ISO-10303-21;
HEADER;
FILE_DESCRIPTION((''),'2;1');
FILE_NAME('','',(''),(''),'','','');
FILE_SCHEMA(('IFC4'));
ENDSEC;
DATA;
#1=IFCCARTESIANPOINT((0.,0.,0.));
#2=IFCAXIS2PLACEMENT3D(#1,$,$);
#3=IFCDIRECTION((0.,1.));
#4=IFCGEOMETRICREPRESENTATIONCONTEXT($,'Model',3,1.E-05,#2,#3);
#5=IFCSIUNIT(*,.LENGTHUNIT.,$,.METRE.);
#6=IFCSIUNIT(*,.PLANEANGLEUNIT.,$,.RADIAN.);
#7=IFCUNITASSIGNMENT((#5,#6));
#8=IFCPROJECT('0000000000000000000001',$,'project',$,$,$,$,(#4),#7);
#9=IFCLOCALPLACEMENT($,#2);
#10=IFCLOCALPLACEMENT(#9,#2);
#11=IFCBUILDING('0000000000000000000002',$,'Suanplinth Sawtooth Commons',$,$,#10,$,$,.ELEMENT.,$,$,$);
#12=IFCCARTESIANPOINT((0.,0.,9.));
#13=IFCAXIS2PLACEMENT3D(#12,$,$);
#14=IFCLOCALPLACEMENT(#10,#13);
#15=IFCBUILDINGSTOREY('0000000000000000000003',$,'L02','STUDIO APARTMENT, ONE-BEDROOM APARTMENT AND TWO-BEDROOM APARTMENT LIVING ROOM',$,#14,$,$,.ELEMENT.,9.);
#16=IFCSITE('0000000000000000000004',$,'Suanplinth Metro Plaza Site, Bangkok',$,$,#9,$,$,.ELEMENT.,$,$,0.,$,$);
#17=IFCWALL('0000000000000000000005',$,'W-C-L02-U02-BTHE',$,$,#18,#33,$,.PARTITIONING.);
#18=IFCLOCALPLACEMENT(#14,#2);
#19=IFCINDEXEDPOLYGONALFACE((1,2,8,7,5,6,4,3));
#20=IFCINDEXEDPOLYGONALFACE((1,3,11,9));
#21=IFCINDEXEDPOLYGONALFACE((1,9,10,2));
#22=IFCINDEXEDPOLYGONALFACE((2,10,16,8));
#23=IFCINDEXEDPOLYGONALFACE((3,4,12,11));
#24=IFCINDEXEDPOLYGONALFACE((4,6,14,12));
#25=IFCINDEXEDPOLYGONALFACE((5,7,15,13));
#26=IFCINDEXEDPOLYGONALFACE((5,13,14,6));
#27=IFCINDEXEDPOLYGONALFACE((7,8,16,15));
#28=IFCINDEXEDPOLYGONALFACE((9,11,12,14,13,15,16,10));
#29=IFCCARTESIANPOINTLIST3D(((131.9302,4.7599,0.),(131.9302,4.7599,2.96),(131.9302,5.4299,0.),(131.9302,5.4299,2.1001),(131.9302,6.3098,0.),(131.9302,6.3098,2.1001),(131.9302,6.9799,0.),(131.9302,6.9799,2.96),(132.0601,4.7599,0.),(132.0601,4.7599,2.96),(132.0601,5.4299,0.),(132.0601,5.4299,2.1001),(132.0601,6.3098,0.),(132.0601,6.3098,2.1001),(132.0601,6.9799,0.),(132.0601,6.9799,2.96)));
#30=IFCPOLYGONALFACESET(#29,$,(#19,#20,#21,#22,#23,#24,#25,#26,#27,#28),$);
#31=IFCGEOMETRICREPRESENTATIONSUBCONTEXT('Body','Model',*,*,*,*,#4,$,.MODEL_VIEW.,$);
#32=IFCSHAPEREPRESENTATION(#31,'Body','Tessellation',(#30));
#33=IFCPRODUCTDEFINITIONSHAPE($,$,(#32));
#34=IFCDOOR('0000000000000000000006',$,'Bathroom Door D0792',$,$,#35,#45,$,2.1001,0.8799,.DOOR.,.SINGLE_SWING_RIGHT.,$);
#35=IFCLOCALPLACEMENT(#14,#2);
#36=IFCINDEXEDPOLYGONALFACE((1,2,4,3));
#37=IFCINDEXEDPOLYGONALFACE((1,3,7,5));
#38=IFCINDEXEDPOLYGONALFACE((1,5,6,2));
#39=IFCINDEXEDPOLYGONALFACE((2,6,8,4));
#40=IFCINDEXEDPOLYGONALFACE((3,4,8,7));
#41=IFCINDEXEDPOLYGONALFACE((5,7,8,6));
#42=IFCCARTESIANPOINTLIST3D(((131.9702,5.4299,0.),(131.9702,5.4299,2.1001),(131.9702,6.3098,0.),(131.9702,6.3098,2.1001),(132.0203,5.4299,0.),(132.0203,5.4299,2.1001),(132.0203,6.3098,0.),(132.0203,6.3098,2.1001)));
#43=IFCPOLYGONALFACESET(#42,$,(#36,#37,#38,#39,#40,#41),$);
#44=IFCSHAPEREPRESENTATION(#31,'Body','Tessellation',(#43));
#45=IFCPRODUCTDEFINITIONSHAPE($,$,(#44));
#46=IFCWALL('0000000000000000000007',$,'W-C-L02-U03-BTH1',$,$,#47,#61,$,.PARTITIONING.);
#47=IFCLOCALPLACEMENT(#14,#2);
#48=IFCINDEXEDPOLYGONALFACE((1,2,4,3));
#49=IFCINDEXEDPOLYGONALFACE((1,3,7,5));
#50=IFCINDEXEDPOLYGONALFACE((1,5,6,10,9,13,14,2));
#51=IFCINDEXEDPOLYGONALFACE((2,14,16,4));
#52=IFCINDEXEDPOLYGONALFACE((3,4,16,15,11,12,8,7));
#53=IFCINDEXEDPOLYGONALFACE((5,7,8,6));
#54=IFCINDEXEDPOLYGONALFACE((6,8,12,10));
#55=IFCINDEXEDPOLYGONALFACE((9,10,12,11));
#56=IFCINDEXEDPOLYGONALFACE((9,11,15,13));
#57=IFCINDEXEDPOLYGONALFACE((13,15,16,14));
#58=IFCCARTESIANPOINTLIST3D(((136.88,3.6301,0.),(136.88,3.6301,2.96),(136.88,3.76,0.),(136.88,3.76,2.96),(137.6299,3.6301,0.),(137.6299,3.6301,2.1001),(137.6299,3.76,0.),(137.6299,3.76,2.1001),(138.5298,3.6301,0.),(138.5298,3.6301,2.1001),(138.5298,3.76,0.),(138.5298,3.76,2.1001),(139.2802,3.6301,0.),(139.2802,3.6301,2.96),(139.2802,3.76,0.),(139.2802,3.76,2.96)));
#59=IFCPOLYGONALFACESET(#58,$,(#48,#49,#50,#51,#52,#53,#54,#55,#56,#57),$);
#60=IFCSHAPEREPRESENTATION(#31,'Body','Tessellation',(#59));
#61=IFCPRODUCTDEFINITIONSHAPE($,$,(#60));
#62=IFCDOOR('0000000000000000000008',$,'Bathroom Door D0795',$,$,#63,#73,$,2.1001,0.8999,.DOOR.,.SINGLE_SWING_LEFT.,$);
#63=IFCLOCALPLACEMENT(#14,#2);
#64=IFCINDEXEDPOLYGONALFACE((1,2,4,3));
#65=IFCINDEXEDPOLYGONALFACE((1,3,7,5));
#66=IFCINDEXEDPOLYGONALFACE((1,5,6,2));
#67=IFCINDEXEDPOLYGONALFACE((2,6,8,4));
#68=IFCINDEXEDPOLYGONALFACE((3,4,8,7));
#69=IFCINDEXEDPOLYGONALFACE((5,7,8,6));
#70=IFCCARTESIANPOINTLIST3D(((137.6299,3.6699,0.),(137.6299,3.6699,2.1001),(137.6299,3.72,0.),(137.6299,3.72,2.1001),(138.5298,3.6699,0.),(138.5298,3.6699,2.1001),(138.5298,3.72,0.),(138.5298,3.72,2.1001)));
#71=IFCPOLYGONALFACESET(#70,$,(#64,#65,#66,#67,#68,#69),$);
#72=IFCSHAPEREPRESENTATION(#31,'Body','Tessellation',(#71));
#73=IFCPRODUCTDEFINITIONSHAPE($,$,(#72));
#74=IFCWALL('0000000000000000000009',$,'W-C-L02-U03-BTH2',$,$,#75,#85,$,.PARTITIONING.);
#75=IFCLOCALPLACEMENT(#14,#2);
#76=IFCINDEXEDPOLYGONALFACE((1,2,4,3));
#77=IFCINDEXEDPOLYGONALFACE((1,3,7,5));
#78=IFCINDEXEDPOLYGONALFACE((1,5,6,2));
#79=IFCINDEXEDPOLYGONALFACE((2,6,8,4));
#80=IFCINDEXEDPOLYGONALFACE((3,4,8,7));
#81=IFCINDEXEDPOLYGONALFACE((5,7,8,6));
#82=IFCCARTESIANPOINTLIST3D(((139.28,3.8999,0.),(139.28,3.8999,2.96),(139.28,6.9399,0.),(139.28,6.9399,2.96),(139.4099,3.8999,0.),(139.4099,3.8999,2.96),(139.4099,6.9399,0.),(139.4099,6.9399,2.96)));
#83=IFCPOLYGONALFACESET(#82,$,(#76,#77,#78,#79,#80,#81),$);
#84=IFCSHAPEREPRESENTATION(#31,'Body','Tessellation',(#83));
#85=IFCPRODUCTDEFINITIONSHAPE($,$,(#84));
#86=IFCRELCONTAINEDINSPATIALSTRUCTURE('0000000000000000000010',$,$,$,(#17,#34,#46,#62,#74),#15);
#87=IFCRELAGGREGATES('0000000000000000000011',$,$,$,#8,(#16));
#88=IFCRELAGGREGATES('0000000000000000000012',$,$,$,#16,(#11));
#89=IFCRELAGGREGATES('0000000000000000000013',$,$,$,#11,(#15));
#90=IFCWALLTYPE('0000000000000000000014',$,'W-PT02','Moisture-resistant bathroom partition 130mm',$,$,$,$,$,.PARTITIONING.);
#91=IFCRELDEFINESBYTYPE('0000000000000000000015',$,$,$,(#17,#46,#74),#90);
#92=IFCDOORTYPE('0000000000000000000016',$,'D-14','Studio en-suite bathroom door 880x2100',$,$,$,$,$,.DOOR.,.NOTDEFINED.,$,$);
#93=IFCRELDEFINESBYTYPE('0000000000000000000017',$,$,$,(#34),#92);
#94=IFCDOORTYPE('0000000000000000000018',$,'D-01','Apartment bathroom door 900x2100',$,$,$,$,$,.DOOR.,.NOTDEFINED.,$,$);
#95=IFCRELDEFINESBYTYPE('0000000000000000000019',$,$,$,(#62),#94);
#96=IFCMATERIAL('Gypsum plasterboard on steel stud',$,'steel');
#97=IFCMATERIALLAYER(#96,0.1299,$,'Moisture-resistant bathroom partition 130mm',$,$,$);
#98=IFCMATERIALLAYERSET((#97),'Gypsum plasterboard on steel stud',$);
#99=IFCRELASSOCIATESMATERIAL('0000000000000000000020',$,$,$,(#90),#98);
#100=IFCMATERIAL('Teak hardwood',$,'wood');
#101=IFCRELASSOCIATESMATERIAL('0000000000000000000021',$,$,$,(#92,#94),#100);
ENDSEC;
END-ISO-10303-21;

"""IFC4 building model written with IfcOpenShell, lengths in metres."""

from ifc_helpers import new_model, si_unit, direction, frame, frame_2d, origin, place, context, subcontext, project, spatial, rectangle, extrude, material, layer, layer_set, type_object, element, fill, save


model = new_model("IFC4")

# Units and contexts
model_context = context("Model", 3, precision=1e-05, world=origin(), true_north=direction((0.0, 1.0)))
body_context = subcontext(model_context, "Body", "Model", "MODEL_VIEW")
ifc_project = project(units=[si_unit("LENGTHUNIT", "METRE"), si_unit("PLANEANGLEUNIT", "RADIAN")], contexts=[model_context])

# Site, building, storey
site_placement = place(None, origin())
site = spatial("IfcSite", under=ifc_project, at=site_placement, Name="Suanplinth Metro Plaza Site, Bangkok", CompositionType="ELEMENT", RefElevation=0.0)
building_placement = place(site_placement, origin())
building = spatial("IfcBuilding", under=site, at=building_placement, Name="Suanplinth Sawtooth Commons", CompositionType="ELEMENT")
storey_placement = place(building_placement, frame((0.0, 0.0, 9.0)))
storey = spatial("IfcBuildingStorey", under=building, at=storey_placement, Name="L02", Description="STUDIO APARTMENT, ONE-BEDROOM APARTMENT AND TWO-BEDROOM APARTMENT LIVING ROOM", CompositionType="ELEMENT", Elevation=9.0)

# Shared definitions
ifc_material_1 = material(Name="Gypsum plasterboard on steel stud", Category="steel")
ifc_material_2 = material(Name="Teak hardwood", Category="wood")

# Walls, openings, doors
ifc_layer_1 = layer(ifc_material_1, 0.1299, Name="Moisture-resistant bathroom partition 130mm")
ifc_layer_set_1 = layer_set([ifc_layer_1], Name="Gypsum plasterboard on steel stud")
wall_type_1 = type_object("IfcWallType", Name="W-PT02", Description="Moisture-resistant bathroom partition 130mm", PredefinedType="PARTITIONING", material=ifc_layer_set_1)
wall_1_placement = place(storey_placement, frame((131.9951, 4.76, 0.0), z_axis=(0.0, 0.0, 1.0), x_axis=(0.0, 1.0, 0.0)))
wall_1 = element("IfcWall", 1, at=wall_1_placement, inside=storey, type_object=wall_type_1, Name="W-C-L02-U02-BTHE", PredefinedType="PARTITIONING", context=body_context, shape_type="SweptSolid", body=[
    extrude(rectangle(XDim=2.22, YDim=0.1299, at=frame_2d((1.1099, 0.0))), origin(), (0.0, 0.0, 1.0), 2.96),
])
opening_1_placement = place(wall_1_placement, frame((0.6699, 0.0, 0.0)))
opening_1 = element("IfcOpeningElement", 2, at=opening_1_placement, cuts=wall_1, PredefinedType="OPENING", context=body_context, shape_type="SweptSolid", body=[
    extrude(rectangle(XDim=0.8799, YDim=2.1001, at=frame_2d((0.4399, 1.05))), frame((0.0, 0.0798, 0.0), z_axis=(0.0, -1.0, 0.0), x_axis=(1.0, 0.0, 0.0)), (0.0, 0.0, 1.0), 0.1597),
])
door_type_1 = type_object("IfcDoorType", Name="D-14", Description="Studio en-suite bathroom door 880x2100", OperationType="NOTDEFINED", PredefinedType="DOOR", material=ifc_material_2)
door_1_placement = place(opening_1_placement, origin())
door_1 = element("IfcDoor", 3, at=door_1_placement, inside=storey, type_object=door_type_1, Name="Bathroom Door D0792", OperationType="SINGLE_SWING_RIGHT", OverallHeight=2.1001, OverallWidth=0.8799, PredefinedType="DOOR", context=body_context, shape_type="SweptSolid", body=[
    extrude(rectangle(XDim=0.8799, YDim=2.1001, at=frame_2d((0.4399, 1.05))), frame((0.0, 0.0249, 0.0), z_axis=(0.0, -1.0, 0.0), x_axis=(1.0, 0.0, 0.0)), (0.0, 0.0, 1.0), 0.05),
])
fill(opening_1, door_1)
wall_2_placement = place(storey_placement, frame((136.8799, 3.6951, 0.0), z_axis=(0.0, 0.0, 1.0), x_axis=(1.0, 0.0, 0.0)))
wall_2 = element("IfcWall", 4, at=wall_2_placement, inside=storey, type_object=wall_type_1, Name="W-C-L02-U03-BTH1", PredefinedType="PARTITIONING", context=body_context, shape_type="SweptSolid", body=[
    extrude(rectangle(XDim=2.4001, YDim=0.1299, at=frame_2d((1.2002, 0.0))), origin(), (0.0, 0.0, 1.0), 2.96),
])
opening_2_placement = place(wall_2_placement, frame((0.75, 0.0, 0.0)))
opening_2 = element("IfcOpeningElement", 5, at=opening_2_placement, cuts=wall_2, PredefinedType="OPENING", context=body_context, shape_type="SweptSolid", body=[
    extrude(rectangle(XDim=0.8999, YDim=2.1001, at=frame_2d((0.45, 1.05))), frame((0.0, 0.0798, 0.0), z_axis=(0.0, -1.0, 0.0), x_axis=(1.0, 0.0, 0.0)), (0.0, 0.0, 1.0), 0.1597),
])
door_type_2 = type_object("IfcDoorType", Name="D-01", Description="Apartment bathroom door 900x2100", OperationType="NOTDEFINED", PredefinedType="DOOR", material=ifc_material_2)
door_2_placement = place(opening_2_placement, origin())
door_2 = element("IfcDoor", 6, at=door_2_placement, inside=storey, type_object=door_type_2, Name="Bathroom Door D0795", OperationType="SINGLE_SWING_LEFT", OverallHeight=2.1001, OverallWidth=0.8999, PredefinedType="DOOR", context=body_context, shape_type="SweptSolid", body=[
    extrude(rectangle(XDim=0.8999, YDim=2.1001, at=frame_2d((0.45, 1.05))), frame((0.0, 0.0249, 0.0), z_axis=(0.0, -1.0, 0.0), x_axis=(1.0, 0.0, 0.0)), (0.0, 0.0, 1.0), 0.05),
])
fill(opening_2, door_2)

# Wall
wall_3_placement = place(storey_placement, frame((139.345, 3.8999, 0.0), z_axis=(0.0, 0.0, 1.0), x_axis=(0.0, 1.0, 0.0)))
element("IfcWall", 7, at=wall_3_placement, inside=storey, type_object=wall_type_1, Name="W-C-L02-U03-BTH2", PredefinedType="PARTITIONING", context=body_context, shape_type="SweptSolid", body=[
    extrude(rectangle(XDim=3.04, YDim=0.1299, at=frame_2d((1.52, 0.0))), origin(), (0.0, 0.0, 1.0), 2.96),
])

save(model, "model.ifc")
